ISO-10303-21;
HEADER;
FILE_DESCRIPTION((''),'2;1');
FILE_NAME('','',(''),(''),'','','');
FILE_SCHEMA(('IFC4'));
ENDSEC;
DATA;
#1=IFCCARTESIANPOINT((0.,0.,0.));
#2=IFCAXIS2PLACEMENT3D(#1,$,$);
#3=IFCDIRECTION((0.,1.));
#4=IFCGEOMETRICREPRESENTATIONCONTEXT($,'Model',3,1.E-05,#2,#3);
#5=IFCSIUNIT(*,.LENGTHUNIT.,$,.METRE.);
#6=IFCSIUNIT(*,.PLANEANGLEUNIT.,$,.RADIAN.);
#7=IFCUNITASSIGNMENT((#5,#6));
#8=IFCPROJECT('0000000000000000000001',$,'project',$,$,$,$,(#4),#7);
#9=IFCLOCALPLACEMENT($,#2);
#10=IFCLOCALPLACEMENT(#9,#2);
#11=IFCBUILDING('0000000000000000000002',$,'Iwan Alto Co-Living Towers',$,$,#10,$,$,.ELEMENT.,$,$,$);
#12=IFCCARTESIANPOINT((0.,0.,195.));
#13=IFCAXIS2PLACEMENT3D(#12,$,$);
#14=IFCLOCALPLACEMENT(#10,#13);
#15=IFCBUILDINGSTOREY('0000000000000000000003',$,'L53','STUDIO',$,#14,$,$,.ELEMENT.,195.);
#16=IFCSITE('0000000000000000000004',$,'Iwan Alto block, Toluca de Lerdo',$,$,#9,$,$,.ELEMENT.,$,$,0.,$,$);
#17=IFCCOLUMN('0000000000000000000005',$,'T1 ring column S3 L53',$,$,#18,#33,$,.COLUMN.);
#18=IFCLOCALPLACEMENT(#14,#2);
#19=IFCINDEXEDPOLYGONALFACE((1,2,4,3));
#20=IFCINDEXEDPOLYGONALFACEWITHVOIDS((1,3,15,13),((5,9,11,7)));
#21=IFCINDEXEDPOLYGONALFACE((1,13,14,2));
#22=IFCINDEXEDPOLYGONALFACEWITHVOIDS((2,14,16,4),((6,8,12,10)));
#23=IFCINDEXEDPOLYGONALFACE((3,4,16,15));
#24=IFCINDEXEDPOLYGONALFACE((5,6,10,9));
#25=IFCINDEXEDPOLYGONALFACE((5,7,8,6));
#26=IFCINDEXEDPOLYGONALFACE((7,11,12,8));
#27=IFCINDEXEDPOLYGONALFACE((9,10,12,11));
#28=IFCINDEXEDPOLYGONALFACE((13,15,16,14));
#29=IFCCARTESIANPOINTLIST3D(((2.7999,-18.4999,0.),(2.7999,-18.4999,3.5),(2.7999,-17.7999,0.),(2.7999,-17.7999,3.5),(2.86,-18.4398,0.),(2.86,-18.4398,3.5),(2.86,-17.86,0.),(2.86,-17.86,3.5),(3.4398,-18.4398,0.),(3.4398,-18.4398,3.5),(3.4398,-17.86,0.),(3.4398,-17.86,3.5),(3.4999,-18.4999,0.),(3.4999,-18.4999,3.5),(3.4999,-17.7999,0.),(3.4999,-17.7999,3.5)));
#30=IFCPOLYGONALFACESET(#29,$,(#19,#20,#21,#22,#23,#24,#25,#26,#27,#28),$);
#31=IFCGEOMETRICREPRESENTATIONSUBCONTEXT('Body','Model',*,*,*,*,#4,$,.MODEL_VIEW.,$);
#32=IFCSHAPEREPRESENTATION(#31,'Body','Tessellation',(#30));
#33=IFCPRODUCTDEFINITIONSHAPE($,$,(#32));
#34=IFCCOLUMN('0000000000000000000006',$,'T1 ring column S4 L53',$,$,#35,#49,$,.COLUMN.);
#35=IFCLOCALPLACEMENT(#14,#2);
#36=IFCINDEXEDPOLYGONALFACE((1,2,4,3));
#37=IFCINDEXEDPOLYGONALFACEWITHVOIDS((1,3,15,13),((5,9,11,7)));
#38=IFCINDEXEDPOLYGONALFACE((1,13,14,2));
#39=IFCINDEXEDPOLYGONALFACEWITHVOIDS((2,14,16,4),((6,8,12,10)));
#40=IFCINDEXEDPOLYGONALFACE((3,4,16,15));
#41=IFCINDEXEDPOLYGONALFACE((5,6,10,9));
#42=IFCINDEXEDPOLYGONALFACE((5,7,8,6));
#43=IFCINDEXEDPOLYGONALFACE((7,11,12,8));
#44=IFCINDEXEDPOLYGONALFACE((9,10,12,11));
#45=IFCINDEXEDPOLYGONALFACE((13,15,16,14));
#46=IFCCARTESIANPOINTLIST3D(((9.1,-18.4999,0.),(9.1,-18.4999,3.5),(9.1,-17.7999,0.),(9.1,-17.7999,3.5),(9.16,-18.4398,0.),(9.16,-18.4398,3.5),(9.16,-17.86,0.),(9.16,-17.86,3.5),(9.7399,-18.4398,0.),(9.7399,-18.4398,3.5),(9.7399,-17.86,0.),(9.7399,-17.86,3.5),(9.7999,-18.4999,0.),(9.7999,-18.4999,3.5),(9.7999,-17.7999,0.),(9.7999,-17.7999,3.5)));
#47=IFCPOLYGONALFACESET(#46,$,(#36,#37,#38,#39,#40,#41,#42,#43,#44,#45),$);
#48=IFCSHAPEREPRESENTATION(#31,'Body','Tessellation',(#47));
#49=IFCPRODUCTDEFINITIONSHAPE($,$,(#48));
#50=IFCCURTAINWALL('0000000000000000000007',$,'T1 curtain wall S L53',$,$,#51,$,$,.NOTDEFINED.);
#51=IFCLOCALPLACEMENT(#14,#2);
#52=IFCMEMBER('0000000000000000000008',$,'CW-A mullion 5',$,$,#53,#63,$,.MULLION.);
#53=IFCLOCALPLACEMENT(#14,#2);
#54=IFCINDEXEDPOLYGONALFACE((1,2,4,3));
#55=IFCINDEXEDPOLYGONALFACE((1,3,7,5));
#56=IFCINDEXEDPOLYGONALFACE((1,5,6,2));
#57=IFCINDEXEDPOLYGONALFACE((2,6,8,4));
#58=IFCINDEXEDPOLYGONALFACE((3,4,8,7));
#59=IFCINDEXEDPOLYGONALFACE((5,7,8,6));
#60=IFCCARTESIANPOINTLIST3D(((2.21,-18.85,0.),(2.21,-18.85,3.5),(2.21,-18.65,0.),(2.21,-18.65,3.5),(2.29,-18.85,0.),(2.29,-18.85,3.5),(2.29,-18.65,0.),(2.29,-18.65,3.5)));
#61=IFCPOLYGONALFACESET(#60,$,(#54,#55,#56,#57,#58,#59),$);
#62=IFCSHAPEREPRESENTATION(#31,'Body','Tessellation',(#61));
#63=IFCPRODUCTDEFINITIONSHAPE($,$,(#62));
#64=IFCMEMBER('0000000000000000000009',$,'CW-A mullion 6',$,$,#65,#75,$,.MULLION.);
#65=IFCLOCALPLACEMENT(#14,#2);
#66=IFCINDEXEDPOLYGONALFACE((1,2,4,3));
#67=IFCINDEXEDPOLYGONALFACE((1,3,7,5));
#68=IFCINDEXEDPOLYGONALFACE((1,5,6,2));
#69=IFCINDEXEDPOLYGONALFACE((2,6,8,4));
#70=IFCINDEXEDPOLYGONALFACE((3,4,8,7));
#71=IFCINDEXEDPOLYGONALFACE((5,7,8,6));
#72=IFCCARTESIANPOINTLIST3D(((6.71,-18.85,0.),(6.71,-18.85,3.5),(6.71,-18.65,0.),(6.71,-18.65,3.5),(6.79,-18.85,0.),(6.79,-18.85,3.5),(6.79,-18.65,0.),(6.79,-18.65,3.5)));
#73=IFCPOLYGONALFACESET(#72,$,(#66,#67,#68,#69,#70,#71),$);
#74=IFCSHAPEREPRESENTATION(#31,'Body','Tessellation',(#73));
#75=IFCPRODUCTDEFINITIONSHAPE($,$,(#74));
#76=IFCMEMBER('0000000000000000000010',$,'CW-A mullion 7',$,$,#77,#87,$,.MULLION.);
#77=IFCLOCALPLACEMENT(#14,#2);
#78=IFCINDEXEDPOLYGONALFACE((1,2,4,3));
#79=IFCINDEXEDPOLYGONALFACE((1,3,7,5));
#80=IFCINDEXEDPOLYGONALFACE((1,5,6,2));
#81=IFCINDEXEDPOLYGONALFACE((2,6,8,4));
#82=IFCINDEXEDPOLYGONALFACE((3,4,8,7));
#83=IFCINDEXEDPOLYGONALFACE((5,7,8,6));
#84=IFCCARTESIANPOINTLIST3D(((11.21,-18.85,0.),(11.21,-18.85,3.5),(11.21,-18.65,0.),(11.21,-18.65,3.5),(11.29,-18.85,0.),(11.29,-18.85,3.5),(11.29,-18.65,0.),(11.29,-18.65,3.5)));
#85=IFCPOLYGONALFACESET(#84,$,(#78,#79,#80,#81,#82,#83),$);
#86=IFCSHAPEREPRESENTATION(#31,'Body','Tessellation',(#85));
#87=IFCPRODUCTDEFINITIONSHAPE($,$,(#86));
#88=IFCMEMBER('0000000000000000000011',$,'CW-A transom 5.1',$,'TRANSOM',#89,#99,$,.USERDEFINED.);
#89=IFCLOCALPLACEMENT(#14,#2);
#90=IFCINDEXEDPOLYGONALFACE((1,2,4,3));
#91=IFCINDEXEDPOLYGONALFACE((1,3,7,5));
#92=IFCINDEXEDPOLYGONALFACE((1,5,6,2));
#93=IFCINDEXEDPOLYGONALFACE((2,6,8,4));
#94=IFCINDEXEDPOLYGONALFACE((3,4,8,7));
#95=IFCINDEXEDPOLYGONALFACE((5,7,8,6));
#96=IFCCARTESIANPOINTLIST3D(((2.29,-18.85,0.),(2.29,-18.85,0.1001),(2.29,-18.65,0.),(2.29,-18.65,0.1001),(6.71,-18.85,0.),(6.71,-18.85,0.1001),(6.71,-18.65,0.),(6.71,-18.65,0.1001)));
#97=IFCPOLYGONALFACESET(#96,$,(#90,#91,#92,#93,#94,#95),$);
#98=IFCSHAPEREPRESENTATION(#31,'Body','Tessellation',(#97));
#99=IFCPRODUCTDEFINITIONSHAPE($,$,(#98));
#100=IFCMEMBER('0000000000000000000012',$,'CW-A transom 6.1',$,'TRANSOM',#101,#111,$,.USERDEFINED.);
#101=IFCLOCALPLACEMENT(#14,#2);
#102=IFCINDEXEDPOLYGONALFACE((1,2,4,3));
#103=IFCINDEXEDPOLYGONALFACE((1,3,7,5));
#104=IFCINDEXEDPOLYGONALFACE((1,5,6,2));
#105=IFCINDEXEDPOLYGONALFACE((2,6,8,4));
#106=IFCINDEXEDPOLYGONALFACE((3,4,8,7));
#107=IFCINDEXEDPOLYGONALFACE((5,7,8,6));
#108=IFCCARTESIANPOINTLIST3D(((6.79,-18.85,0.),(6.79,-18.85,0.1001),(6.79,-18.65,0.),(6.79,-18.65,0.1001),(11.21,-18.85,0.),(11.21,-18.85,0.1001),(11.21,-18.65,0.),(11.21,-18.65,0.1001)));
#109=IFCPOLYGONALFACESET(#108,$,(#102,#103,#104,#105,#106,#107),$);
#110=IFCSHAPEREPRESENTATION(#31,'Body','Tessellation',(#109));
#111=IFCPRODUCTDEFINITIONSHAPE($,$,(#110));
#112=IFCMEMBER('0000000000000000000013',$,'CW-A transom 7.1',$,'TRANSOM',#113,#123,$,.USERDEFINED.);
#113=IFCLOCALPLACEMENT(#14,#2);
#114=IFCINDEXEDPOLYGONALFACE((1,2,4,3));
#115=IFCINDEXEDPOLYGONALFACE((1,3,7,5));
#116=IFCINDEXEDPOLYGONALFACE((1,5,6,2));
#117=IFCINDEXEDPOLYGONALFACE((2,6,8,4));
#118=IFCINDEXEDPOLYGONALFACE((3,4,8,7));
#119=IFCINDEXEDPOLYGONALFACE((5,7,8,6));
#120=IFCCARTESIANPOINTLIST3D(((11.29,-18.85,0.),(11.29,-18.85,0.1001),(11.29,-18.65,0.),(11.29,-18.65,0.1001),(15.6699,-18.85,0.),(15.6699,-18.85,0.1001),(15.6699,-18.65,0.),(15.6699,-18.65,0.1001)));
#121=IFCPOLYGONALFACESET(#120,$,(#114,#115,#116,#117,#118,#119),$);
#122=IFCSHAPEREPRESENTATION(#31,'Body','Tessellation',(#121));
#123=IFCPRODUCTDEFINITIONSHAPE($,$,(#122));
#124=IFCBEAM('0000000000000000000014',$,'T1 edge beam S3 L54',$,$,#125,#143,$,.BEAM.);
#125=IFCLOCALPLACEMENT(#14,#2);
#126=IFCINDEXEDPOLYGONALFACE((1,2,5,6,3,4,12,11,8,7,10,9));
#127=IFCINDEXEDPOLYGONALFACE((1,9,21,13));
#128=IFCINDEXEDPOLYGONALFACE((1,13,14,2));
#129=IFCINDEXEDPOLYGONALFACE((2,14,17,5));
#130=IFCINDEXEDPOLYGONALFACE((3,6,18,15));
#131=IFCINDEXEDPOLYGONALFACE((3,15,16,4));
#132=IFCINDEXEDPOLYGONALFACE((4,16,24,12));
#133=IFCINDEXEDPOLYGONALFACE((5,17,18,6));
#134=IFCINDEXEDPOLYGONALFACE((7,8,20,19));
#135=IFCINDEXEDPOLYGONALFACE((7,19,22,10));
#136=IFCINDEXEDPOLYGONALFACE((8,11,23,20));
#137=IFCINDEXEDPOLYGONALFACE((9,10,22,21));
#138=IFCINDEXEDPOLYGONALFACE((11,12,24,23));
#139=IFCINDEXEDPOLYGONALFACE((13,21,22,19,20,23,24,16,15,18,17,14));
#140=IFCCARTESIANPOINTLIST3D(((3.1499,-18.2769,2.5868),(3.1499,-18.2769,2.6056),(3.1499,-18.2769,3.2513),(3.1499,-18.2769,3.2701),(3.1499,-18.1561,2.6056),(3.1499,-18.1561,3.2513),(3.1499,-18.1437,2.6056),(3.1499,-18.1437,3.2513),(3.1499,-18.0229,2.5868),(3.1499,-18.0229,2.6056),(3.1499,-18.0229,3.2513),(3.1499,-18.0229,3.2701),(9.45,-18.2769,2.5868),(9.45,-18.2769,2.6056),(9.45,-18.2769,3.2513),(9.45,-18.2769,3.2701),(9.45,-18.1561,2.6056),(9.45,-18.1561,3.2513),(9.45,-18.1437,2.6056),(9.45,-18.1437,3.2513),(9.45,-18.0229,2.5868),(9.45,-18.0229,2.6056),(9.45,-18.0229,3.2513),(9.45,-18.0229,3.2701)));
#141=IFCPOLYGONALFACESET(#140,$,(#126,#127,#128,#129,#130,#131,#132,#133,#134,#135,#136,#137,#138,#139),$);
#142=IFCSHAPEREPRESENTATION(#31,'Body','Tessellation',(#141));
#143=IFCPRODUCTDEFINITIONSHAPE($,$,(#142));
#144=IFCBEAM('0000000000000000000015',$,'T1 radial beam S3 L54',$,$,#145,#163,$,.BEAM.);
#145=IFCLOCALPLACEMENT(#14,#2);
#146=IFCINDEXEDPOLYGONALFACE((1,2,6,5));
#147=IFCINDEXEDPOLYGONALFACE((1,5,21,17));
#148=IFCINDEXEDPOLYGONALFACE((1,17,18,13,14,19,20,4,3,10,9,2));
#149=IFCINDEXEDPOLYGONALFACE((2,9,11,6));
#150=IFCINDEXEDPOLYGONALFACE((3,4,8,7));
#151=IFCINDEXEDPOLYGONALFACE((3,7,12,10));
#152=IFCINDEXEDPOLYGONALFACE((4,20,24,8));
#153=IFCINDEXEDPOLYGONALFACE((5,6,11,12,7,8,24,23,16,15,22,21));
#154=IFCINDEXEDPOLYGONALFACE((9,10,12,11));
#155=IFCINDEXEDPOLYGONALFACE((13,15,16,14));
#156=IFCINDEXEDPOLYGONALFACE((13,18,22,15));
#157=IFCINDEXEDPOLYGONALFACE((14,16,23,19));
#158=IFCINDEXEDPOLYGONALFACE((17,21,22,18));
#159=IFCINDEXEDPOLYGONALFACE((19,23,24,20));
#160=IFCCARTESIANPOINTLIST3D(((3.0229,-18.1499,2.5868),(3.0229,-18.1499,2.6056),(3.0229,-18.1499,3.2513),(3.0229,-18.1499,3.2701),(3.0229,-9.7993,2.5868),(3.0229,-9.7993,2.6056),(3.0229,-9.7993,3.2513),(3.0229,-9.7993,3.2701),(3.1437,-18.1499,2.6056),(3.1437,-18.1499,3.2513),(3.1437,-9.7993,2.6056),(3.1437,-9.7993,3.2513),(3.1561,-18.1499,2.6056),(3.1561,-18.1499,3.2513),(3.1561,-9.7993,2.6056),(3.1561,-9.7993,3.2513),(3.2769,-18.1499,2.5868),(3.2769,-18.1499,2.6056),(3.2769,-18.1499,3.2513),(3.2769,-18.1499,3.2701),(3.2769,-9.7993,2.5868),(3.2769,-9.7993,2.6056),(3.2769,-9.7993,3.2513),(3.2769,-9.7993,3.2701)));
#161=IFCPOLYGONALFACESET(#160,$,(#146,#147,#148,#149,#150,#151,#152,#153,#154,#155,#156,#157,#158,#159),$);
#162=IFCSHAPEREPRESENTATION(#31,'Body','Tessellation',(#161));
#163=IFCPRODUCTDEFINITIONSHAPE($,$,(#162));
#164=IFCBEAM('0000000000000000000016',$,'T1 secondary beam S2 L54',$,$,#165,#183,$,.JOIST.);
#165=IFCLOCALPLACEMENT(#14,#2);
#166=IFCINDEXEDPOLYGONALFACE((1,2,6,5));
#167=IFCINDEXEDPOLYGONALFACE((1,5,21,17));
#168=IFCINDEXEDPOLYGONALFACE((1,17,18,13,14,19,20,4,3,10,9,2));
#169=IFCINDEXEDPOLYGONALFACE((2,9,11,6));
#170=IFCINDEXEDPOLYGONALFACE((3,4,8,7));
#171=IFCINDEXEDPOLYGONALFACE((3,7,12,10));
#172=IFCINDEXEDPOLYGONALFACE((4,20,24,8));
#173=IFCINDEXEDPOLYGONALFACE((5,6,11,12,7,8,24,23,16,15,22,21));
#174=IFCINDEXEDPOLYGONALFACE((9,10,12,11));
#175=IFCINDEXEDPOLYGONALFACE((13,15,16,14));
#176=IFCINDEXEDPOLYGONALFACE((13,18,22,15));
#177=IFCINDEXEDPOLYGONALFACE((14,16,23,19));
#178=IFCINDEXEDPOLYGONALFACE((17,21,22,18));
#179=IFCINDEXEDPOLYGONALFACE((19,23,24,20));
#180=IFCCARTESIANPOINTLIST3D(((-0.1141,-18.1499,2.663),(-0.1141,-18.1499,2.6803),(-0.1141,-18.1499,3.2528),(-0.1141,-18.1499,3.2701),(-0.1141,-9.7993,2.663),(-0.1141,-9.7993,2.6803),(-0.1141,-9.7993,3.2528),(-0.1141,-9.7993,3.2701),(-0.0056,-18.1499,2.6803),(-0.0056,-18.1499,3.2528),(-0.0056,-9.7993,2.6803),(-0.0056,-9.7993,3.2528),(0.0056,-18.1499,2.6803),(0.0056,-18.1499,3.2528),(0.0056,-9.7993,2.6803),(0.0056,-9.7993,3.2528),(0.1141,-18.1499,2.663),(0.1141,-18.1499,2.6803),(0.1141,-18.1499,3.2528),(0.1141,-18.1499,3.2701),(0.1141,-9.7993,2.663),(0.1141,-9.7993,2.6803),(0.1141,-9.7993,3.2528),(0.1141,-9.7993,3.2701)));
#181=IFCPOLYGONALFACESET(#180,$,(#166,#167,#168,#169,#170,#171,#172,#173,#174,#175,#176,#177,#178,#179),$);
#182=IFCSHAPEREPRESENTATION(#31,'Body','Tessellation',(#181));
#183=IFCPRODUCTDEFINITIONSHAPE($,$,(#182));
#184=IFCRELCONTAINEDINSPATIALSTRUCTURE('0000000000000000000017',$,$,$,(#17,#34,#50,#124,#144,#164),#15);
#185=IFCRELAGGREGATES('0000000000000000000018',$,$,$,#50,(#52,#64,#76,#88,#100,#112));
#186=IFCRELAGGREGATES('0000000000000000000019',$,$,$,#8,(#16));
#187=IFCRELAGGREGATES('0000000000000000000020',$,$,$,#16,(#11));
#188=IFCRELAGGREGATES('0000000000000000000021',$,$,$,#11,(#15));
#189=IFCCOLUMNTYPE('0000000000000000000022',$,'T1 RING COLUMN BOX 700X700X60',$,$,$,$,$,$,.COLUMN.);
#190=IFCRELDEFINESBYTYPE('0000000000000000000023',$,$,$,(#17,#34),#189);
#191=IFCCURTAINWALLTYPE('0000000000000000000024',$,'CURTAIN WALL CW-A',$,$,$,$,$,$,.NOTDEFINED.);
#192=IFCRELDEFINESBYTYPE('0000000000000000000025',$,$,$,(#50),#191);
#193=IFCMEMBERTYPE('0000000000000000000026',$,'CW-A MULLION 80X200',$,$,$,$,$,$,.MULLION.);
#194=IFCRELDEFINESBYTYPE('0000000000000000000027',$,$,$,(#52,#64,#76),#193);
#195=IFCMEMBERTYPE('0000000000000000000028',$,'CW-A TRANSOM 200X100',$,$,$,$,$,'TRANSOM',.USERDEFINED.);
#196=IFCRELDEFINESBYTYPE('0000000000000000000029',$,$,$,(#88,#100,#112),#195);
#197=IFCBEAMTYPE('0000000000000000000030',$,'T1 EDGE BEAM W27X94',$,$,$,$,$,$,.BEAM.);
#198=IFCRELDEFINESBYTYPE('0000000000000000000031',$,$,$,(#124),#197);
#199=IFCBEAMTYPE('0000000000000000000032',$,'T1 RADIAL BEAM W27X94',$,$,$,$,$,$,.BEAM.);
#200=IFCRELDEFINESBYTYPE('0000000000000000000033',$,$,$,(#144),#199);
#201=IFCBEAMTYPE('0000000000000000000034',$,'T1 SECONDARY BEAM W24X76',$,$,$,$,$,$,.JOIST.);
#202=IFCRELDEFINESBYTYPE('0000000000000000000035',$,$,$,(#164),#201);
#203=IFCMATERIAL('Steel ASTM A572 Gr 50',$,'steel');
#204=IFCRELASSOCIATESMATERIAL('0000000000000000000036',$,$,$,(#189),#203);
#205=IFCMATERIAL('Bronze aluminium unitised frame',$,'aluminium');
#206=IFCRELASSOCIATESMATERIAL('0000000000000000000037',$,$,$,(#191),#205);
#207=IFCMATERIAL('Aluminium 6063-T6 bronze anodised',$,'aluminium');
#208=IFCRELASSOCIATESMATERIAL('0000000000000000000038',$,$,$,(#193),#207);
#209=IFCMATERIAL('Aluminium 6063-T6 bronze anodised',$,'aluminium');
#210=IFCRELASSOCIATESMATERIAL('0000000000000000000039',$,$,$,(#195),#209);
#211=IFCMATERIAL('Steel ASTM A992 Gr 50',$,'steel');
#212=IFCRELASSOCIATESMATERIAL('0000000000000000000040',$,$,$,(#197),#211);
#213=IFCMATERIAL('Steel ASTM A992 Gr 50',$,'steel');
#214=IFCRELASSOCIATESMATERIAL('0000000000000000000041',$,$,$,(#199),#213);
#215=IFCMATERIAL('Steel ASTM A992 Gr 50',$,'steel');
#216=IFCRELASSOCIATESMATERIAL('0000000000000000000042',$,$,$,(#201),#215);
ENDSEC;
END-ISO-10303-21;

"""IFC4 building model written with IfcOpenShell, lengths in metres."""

from ifc_helpers import new_model, si_unit, direction, frame, origin, origin_2d, place, context, subcontext, project, spatial, rectangle, hollow_rectangle, i_section, extrude, material, material_profile, profile_set, type_object, element, aggregate, save


model = new_model("IFC4")

# Units and contexts
model_context = context("Model", 3, precision=1e-05, world=origin(), true_north=direction((0.0, 1.0)))
body_context = subcontext(model_context, "Body", "Model", "MODEL_VIEW")
ifc_project = project(units=[si_unit("LENGTHUNIT", "METRE"), si_unit("PLANEANGLEUNIT", "RADIAN")], contexts=[model_context])

# Site, building, storey
site_placement = place(None, origin())
site = spatial("IfcSite", under=ifc_project, at=site_placement, Name="Iwan Alto block, Toluca de Lerdo", CompositionType="ELEMENT", RefElevation=0.0)
building_placement = place(site_placement, origin())
building = spatial("IfcBuilding", under=site, at=building_placement, Name="Iwan Alto Co-Living Towers", CompositionType="ELEMENT")
storey_placement = place(building_placement, frame((0.0, 0.0, 195.0)))
storey = spatial("IfcBuildingStorey", under=building, at=storey_placement, Name="L53", Description="STUDIO", CompositionType="ELEMENT", Elevation=195.0)

# Columns
ifc_material_1 = material(Name="Steel ASTM A572 Gr 50", Category="steel")
ifc_material_profile_1 = material_profile(ifc_material_1, hollow_rectangle(XDim=0.7, YDim=0.7, WallThickness=0.0601, at=origin_2d()), Name="BOX 700X700X60")
ifc_profile_set_1 = profile_set([ifc_material_profile_1], Name="Steel ASTM A572 Gr 50")
column_type = type_object("IfcColumnType", Name="T1 RING COLUMN BOX 700X700X60", PredefinedType="COLUMN", material=ifc_profile_set_1)
for number, where, z_axis, x_axis, name in (
    (1, (3.1499, -18.1499, 0.0), (0.0, 0.0, 1.0), (1.0, 0.0, 0.0), "T1 ring column S3 L53"),
    (2, (9.45, -18.1499, 0.0), (0.0, 0.0, 1.0), (1.0, 0.0, 0.0), "T1 ring column S4 L53"),
):
    element("IfcColumn", number, at=place(storey_placement, frame(where, z_axis=z_axis, x_axis=x_axis)), inside=storey, type_object=column_type, Name=name, PredefinedType="COLUMN", context=body_context, shape_type="SweptSolid", body=[
        extrude(hollow_rectangle(XDim=0.7, YDim=0.7, WallThickness=0.0601, at=origin_2d()), origin(), (0.0, 0.0, 1.0), 3.5),
    ])

# Curtain wall, members
ifc_material_2 = material(Name="Bronze aluminium unitised frame", Category="aluminium")
curtain_wall_type = type_object("IfcCurtainWallType", Name="CURTAIN WALL CW-A", PredefinedType="NOTDEFINED", material=ifc_material_2)
curtain_wall_placement = place(storey_placement, origin())
curtain_wall = element("IfcCurtainWall", 3, at=curtain_wall_placement, inside=storey, type_object=curtain_wall_type, Name="T1 curtain wall S L53", PredefinedType="NOTDEFINED")
ifc_material_3 = material(Name="Aluminium 6063-T6 bronze anodised", Category="aluminium")
ifc_material_profile_2 = material_profile(ifc_material_3, rectangle(XDim=0.2, YDim=0.0801, at=origin_2d()), Name="AL 80X200")
ifc_profile_set_2 = profile_set([ifc_material_profile_2], Name="Aluminium 6063-T6 bronze anodised")
member_type_1 = type_object("IfcMemberType", Name="CW-A MULLION 80X200", PredefinedType="MULLION", material=ifc_profile_set_2)
member_1_placement = place(storey_placement, frame((2.25, -18.75, 0.0), z_axis=(0.0, 0.0, 1.0), x_axis=(0.0, 1.0, 0.0)))
member_1 = element("IfcMember", 4, at=member_1_placement, type_object=member_type_1, Name="CW-A mullion 5", PredefinedType="MULLION", context=body_context, shape_type="SweptSolid", body=[
    extrude(rectangle(XDim=0.2, YDim=0.0801, at=origin_2d()), origin(), (0.0, 0.0, 1.0), 3.5),
])
member_2_placement = place(storey_placement, frame((6.75, -18.75, 0.0), z_axis=(0.0, 0.0, 1.0), x_axis=(0.0, 1.0, 0.0)))
member_2 = element("IfcMember", 5, at=member_2_placement, type_object=member_type_1, Name="CW-A mullion 6", PredefinedType="MULLION", context=body_context, shape_type="SweptSolid", body=[
    extrude(rectangle(XDim=0.2, YDim=0.0801, at=origin_2d()), origin(), (0.0, 0.0, 1.0), 3.5),
])
member_3_placement = place(storey_placement, frame((11.25, -18.75, 0.0), z_axis=(0.0, 0.0, 1.0), x_axis=(0.0, 1.0, 0.0)))
member_3 = element("IfcMember", 6, at=member_3_placement, type_object=member_type_1, Name="CW-A mullion 7", PredefinedType="MULLION", context=body_context, shape_type="SweptSolid", body=[
    extrude(rectangle(XDim=0.2, YDim=0.0801, at=origin_2d()), origin(), (0.0, 0.0, 1.0), 3.5),
])
ifc_material_4 = material(Name="Aluminium 6063-T6 bronze anodised", Category="aluminium")
ifc_material_profile_3 = material_profile(ifc_material_4, rectangle(XDim=0.2, YDim=0.1001, at=origin_2d()), Name="AL 200X100")
ifc_profile_set_3 = profile_set([ifc_material_profile_3], Name="Aluminium 6063-T6 bronze anodised")
member_type_2 = type_object("IfcMemberType", Name="CW-A TRANSOM 200X100", ElementType="TRANSOM", PredefinedType="USERDEFINED", material=ifc_profile_set_3)
member_4_placement = place(storey_placement, frame((2.29, -18.75, 0.05), z_axis=(1.0, 0.0, 0.0), x_axis=(0.0, 1.0, 0.0)))
member_4 = element("IfcMember", 7, at=member_4_placement, type_object=member_type_2, Name="CW-A transom 5.1", ObjectType="TRANSOM", PredefinedType="USERDEFINED", context=body_context, shape_type="SweptSolid", body=[
    extrude(rectangle(XDim=0.2, YDim=0.1001, at=origin_2d()), origin(), (0.0, 0.0, 1.0), 4.4199),
])
member_5_placement = place(storey_placement, frame((6.79, -18.75, 0.05), z_axis=(1.0, 0.0, 0.0), x_axis=(0.0, 1.0, 0.0)))
member_5 = element("IfcMember", 8, at=member_5_placement, type_object=member_type_2, Name="CW-A transom 6.1", ObjectType="TRANSOM", PredefinedType="USERDEFINED", context=body_context, shape_type="SweptSolid", body=[
    extrude(rectangle(XDim=0.2, YDim=0.1001, at=origin_2d()), origin(), (0.0, 0.0, 1.0), 4.4199),
])
member_6_placement = place(storey_placement, frame((11.29, -18.75, 0.05), z_axis=(1.0, 0.0, 0.0), x_axis=(0.0, 1.0, 0.0)))
member_6 = element("IfcMember", 9, at=member_6_placement, type_object=member_type_2, Name="CW-A transom 7.1", ObjectType="TRANSOM", PredefinedType="USERDEFINED", context=body_context, shape_type="SweptSolid", body=[
    extrude(rectangle(XDim=0.2, YDim=0.1001, at=origin_2d()), origin(), (0.0, 0.0, 1.0), 4.3799),
])

# Beams
ifc_material_5 = material(Name="Steel ASTM A992 Gr 50", Category="steel")
ifc_material_profile_4 = material_profile(ifc_material_5, i_section(OverallWidth=0.2539, OverallDepth=0.6833, WebThickness=0.0125, FlangeThickness=0.0188, at=origin_2d()), Name="W27X94")
ifc_profile_set_4 = profile_set([ifc_material_profile_4], Name="Steel ASTM A992 Gr 50")
beam_type_1 = type_object("IfcBeamType", Name="T1 EDGE BEAM W27X94", PredefinedType="BEAM", material=ifc_profile_set_4)
beam_1_placement = place(storey_placement, frame((3.1499, -18.1499, 2.9285), z_axis=(1.0, 0.0, 0.0), x_axis=(0.0, 1.0, 0.0)))
element("IfcBeam", 10, at=beam_1_placement, inside=storey, type_object=beam_type_1, Name="T1 edge beam S3 L54", PredefinedType="BEAM", context=body_context, shape_type="SweptSolid", body=[
    extrude(i_section(OverallWidth=0.2539, OverallDepth=0.6833, WebThickness=0.0125, FlangeThickness=0.0188, at=origin_2d()), origin(), (0.0, 0.0, 1.0), 6.3),
])
ifc_material_6 = material(Name="Steel ASTM A992 Gr 50", Category="steel")
ifc_material_profile_5 = material_profile(ifc_material_6, i_section(OverallWidth=0.2539, OverallDepth=0.6833, WebThickness=0.0125, FlangeThickness=0.0188, at=origin_2d()), Name="W27X94")
ifc_profile_set_5 = profile_set([ifc_material_profile_5], Name="Steel ASTM A992 Gr 50")
beam_type_2 = type_object("IfcBeamType", Name="T1 RADIAL BEAM W27X94", PredefinedType="BEAM", material=ifc_profile_set_5)
beam_2_placement = place(storey_placement, frame((3.1499, -18.1499, 2.9285), z_axis=(0.0, 1.0, 0.0), x_axis=(-1.0, 0.0, 0.0)))
element("IfcBeam", 11, at=beam_2_placement, inside=storey, type_object=beam_type_2, Name="T1 radial beam S3 L54", PredefinedType="BEAM", context=body_context, shape_type="SweptSolid", body=[
    extrude(i_section(OverallWidth=0.2539, OverallDepth=0.6833, WebThickness=0.0125, FlangeThickness=0.0188, at=origin_2d()), origin(), (0.0, 0.0, 1.0), 8.3506),
])
ifc_material_7 = material(Name="Steel ASTM A992 Gr 50", Category="steel")
ifc_material_profile_6 = material_profile(ifc_material_7, i_section(OverallWidth=0.2283, OverallDepth=0.6072, WebThickness=0.0112, FlangeThickness=0.0173, at=origin_2d()), Name="W24X76")
ifc_profile_set_6 = profile_set([ifc_material_profile_6], Name="Steel ASTM A992 Gr 50")
beam_type_3 = type_object("IfcBeamType", Name="T1 SECONDARY BEAM W24X76", PredefinedType="JOIST", material=ifc_profile_set_6)
for number, where, z_axis, x_axis, name in (
    (12, (0.0, -18.1499, 2.9666), (0.0, 1.0, 0.0), (-1.0, 0.0, 0.0), "T1 secondary beam S2 L54"),
):
    element("IfcBeam", number, at=place(storey_placement, frame(where, z_axis=z_axis, x_axis=x_axis)), inside=storey, type_object=beam_type_3, Name=name, PredefinedType="JOIST", context=body_context, shape_type="SweptSolid", body=[
        extrude(i_section(OverallWidth=0.2283, OverallDepth=0.6072, WebThickness=0.0112, FlangeThickness=0.0173, at=origin_2d()), origin(), (0.0, 0.0, 1.0), 8.3506),
    ])

aggregate(curtain_wall, [member_1, member_2, member_3, member_4, member_5, member_6])

save(model, "model.ifc")
